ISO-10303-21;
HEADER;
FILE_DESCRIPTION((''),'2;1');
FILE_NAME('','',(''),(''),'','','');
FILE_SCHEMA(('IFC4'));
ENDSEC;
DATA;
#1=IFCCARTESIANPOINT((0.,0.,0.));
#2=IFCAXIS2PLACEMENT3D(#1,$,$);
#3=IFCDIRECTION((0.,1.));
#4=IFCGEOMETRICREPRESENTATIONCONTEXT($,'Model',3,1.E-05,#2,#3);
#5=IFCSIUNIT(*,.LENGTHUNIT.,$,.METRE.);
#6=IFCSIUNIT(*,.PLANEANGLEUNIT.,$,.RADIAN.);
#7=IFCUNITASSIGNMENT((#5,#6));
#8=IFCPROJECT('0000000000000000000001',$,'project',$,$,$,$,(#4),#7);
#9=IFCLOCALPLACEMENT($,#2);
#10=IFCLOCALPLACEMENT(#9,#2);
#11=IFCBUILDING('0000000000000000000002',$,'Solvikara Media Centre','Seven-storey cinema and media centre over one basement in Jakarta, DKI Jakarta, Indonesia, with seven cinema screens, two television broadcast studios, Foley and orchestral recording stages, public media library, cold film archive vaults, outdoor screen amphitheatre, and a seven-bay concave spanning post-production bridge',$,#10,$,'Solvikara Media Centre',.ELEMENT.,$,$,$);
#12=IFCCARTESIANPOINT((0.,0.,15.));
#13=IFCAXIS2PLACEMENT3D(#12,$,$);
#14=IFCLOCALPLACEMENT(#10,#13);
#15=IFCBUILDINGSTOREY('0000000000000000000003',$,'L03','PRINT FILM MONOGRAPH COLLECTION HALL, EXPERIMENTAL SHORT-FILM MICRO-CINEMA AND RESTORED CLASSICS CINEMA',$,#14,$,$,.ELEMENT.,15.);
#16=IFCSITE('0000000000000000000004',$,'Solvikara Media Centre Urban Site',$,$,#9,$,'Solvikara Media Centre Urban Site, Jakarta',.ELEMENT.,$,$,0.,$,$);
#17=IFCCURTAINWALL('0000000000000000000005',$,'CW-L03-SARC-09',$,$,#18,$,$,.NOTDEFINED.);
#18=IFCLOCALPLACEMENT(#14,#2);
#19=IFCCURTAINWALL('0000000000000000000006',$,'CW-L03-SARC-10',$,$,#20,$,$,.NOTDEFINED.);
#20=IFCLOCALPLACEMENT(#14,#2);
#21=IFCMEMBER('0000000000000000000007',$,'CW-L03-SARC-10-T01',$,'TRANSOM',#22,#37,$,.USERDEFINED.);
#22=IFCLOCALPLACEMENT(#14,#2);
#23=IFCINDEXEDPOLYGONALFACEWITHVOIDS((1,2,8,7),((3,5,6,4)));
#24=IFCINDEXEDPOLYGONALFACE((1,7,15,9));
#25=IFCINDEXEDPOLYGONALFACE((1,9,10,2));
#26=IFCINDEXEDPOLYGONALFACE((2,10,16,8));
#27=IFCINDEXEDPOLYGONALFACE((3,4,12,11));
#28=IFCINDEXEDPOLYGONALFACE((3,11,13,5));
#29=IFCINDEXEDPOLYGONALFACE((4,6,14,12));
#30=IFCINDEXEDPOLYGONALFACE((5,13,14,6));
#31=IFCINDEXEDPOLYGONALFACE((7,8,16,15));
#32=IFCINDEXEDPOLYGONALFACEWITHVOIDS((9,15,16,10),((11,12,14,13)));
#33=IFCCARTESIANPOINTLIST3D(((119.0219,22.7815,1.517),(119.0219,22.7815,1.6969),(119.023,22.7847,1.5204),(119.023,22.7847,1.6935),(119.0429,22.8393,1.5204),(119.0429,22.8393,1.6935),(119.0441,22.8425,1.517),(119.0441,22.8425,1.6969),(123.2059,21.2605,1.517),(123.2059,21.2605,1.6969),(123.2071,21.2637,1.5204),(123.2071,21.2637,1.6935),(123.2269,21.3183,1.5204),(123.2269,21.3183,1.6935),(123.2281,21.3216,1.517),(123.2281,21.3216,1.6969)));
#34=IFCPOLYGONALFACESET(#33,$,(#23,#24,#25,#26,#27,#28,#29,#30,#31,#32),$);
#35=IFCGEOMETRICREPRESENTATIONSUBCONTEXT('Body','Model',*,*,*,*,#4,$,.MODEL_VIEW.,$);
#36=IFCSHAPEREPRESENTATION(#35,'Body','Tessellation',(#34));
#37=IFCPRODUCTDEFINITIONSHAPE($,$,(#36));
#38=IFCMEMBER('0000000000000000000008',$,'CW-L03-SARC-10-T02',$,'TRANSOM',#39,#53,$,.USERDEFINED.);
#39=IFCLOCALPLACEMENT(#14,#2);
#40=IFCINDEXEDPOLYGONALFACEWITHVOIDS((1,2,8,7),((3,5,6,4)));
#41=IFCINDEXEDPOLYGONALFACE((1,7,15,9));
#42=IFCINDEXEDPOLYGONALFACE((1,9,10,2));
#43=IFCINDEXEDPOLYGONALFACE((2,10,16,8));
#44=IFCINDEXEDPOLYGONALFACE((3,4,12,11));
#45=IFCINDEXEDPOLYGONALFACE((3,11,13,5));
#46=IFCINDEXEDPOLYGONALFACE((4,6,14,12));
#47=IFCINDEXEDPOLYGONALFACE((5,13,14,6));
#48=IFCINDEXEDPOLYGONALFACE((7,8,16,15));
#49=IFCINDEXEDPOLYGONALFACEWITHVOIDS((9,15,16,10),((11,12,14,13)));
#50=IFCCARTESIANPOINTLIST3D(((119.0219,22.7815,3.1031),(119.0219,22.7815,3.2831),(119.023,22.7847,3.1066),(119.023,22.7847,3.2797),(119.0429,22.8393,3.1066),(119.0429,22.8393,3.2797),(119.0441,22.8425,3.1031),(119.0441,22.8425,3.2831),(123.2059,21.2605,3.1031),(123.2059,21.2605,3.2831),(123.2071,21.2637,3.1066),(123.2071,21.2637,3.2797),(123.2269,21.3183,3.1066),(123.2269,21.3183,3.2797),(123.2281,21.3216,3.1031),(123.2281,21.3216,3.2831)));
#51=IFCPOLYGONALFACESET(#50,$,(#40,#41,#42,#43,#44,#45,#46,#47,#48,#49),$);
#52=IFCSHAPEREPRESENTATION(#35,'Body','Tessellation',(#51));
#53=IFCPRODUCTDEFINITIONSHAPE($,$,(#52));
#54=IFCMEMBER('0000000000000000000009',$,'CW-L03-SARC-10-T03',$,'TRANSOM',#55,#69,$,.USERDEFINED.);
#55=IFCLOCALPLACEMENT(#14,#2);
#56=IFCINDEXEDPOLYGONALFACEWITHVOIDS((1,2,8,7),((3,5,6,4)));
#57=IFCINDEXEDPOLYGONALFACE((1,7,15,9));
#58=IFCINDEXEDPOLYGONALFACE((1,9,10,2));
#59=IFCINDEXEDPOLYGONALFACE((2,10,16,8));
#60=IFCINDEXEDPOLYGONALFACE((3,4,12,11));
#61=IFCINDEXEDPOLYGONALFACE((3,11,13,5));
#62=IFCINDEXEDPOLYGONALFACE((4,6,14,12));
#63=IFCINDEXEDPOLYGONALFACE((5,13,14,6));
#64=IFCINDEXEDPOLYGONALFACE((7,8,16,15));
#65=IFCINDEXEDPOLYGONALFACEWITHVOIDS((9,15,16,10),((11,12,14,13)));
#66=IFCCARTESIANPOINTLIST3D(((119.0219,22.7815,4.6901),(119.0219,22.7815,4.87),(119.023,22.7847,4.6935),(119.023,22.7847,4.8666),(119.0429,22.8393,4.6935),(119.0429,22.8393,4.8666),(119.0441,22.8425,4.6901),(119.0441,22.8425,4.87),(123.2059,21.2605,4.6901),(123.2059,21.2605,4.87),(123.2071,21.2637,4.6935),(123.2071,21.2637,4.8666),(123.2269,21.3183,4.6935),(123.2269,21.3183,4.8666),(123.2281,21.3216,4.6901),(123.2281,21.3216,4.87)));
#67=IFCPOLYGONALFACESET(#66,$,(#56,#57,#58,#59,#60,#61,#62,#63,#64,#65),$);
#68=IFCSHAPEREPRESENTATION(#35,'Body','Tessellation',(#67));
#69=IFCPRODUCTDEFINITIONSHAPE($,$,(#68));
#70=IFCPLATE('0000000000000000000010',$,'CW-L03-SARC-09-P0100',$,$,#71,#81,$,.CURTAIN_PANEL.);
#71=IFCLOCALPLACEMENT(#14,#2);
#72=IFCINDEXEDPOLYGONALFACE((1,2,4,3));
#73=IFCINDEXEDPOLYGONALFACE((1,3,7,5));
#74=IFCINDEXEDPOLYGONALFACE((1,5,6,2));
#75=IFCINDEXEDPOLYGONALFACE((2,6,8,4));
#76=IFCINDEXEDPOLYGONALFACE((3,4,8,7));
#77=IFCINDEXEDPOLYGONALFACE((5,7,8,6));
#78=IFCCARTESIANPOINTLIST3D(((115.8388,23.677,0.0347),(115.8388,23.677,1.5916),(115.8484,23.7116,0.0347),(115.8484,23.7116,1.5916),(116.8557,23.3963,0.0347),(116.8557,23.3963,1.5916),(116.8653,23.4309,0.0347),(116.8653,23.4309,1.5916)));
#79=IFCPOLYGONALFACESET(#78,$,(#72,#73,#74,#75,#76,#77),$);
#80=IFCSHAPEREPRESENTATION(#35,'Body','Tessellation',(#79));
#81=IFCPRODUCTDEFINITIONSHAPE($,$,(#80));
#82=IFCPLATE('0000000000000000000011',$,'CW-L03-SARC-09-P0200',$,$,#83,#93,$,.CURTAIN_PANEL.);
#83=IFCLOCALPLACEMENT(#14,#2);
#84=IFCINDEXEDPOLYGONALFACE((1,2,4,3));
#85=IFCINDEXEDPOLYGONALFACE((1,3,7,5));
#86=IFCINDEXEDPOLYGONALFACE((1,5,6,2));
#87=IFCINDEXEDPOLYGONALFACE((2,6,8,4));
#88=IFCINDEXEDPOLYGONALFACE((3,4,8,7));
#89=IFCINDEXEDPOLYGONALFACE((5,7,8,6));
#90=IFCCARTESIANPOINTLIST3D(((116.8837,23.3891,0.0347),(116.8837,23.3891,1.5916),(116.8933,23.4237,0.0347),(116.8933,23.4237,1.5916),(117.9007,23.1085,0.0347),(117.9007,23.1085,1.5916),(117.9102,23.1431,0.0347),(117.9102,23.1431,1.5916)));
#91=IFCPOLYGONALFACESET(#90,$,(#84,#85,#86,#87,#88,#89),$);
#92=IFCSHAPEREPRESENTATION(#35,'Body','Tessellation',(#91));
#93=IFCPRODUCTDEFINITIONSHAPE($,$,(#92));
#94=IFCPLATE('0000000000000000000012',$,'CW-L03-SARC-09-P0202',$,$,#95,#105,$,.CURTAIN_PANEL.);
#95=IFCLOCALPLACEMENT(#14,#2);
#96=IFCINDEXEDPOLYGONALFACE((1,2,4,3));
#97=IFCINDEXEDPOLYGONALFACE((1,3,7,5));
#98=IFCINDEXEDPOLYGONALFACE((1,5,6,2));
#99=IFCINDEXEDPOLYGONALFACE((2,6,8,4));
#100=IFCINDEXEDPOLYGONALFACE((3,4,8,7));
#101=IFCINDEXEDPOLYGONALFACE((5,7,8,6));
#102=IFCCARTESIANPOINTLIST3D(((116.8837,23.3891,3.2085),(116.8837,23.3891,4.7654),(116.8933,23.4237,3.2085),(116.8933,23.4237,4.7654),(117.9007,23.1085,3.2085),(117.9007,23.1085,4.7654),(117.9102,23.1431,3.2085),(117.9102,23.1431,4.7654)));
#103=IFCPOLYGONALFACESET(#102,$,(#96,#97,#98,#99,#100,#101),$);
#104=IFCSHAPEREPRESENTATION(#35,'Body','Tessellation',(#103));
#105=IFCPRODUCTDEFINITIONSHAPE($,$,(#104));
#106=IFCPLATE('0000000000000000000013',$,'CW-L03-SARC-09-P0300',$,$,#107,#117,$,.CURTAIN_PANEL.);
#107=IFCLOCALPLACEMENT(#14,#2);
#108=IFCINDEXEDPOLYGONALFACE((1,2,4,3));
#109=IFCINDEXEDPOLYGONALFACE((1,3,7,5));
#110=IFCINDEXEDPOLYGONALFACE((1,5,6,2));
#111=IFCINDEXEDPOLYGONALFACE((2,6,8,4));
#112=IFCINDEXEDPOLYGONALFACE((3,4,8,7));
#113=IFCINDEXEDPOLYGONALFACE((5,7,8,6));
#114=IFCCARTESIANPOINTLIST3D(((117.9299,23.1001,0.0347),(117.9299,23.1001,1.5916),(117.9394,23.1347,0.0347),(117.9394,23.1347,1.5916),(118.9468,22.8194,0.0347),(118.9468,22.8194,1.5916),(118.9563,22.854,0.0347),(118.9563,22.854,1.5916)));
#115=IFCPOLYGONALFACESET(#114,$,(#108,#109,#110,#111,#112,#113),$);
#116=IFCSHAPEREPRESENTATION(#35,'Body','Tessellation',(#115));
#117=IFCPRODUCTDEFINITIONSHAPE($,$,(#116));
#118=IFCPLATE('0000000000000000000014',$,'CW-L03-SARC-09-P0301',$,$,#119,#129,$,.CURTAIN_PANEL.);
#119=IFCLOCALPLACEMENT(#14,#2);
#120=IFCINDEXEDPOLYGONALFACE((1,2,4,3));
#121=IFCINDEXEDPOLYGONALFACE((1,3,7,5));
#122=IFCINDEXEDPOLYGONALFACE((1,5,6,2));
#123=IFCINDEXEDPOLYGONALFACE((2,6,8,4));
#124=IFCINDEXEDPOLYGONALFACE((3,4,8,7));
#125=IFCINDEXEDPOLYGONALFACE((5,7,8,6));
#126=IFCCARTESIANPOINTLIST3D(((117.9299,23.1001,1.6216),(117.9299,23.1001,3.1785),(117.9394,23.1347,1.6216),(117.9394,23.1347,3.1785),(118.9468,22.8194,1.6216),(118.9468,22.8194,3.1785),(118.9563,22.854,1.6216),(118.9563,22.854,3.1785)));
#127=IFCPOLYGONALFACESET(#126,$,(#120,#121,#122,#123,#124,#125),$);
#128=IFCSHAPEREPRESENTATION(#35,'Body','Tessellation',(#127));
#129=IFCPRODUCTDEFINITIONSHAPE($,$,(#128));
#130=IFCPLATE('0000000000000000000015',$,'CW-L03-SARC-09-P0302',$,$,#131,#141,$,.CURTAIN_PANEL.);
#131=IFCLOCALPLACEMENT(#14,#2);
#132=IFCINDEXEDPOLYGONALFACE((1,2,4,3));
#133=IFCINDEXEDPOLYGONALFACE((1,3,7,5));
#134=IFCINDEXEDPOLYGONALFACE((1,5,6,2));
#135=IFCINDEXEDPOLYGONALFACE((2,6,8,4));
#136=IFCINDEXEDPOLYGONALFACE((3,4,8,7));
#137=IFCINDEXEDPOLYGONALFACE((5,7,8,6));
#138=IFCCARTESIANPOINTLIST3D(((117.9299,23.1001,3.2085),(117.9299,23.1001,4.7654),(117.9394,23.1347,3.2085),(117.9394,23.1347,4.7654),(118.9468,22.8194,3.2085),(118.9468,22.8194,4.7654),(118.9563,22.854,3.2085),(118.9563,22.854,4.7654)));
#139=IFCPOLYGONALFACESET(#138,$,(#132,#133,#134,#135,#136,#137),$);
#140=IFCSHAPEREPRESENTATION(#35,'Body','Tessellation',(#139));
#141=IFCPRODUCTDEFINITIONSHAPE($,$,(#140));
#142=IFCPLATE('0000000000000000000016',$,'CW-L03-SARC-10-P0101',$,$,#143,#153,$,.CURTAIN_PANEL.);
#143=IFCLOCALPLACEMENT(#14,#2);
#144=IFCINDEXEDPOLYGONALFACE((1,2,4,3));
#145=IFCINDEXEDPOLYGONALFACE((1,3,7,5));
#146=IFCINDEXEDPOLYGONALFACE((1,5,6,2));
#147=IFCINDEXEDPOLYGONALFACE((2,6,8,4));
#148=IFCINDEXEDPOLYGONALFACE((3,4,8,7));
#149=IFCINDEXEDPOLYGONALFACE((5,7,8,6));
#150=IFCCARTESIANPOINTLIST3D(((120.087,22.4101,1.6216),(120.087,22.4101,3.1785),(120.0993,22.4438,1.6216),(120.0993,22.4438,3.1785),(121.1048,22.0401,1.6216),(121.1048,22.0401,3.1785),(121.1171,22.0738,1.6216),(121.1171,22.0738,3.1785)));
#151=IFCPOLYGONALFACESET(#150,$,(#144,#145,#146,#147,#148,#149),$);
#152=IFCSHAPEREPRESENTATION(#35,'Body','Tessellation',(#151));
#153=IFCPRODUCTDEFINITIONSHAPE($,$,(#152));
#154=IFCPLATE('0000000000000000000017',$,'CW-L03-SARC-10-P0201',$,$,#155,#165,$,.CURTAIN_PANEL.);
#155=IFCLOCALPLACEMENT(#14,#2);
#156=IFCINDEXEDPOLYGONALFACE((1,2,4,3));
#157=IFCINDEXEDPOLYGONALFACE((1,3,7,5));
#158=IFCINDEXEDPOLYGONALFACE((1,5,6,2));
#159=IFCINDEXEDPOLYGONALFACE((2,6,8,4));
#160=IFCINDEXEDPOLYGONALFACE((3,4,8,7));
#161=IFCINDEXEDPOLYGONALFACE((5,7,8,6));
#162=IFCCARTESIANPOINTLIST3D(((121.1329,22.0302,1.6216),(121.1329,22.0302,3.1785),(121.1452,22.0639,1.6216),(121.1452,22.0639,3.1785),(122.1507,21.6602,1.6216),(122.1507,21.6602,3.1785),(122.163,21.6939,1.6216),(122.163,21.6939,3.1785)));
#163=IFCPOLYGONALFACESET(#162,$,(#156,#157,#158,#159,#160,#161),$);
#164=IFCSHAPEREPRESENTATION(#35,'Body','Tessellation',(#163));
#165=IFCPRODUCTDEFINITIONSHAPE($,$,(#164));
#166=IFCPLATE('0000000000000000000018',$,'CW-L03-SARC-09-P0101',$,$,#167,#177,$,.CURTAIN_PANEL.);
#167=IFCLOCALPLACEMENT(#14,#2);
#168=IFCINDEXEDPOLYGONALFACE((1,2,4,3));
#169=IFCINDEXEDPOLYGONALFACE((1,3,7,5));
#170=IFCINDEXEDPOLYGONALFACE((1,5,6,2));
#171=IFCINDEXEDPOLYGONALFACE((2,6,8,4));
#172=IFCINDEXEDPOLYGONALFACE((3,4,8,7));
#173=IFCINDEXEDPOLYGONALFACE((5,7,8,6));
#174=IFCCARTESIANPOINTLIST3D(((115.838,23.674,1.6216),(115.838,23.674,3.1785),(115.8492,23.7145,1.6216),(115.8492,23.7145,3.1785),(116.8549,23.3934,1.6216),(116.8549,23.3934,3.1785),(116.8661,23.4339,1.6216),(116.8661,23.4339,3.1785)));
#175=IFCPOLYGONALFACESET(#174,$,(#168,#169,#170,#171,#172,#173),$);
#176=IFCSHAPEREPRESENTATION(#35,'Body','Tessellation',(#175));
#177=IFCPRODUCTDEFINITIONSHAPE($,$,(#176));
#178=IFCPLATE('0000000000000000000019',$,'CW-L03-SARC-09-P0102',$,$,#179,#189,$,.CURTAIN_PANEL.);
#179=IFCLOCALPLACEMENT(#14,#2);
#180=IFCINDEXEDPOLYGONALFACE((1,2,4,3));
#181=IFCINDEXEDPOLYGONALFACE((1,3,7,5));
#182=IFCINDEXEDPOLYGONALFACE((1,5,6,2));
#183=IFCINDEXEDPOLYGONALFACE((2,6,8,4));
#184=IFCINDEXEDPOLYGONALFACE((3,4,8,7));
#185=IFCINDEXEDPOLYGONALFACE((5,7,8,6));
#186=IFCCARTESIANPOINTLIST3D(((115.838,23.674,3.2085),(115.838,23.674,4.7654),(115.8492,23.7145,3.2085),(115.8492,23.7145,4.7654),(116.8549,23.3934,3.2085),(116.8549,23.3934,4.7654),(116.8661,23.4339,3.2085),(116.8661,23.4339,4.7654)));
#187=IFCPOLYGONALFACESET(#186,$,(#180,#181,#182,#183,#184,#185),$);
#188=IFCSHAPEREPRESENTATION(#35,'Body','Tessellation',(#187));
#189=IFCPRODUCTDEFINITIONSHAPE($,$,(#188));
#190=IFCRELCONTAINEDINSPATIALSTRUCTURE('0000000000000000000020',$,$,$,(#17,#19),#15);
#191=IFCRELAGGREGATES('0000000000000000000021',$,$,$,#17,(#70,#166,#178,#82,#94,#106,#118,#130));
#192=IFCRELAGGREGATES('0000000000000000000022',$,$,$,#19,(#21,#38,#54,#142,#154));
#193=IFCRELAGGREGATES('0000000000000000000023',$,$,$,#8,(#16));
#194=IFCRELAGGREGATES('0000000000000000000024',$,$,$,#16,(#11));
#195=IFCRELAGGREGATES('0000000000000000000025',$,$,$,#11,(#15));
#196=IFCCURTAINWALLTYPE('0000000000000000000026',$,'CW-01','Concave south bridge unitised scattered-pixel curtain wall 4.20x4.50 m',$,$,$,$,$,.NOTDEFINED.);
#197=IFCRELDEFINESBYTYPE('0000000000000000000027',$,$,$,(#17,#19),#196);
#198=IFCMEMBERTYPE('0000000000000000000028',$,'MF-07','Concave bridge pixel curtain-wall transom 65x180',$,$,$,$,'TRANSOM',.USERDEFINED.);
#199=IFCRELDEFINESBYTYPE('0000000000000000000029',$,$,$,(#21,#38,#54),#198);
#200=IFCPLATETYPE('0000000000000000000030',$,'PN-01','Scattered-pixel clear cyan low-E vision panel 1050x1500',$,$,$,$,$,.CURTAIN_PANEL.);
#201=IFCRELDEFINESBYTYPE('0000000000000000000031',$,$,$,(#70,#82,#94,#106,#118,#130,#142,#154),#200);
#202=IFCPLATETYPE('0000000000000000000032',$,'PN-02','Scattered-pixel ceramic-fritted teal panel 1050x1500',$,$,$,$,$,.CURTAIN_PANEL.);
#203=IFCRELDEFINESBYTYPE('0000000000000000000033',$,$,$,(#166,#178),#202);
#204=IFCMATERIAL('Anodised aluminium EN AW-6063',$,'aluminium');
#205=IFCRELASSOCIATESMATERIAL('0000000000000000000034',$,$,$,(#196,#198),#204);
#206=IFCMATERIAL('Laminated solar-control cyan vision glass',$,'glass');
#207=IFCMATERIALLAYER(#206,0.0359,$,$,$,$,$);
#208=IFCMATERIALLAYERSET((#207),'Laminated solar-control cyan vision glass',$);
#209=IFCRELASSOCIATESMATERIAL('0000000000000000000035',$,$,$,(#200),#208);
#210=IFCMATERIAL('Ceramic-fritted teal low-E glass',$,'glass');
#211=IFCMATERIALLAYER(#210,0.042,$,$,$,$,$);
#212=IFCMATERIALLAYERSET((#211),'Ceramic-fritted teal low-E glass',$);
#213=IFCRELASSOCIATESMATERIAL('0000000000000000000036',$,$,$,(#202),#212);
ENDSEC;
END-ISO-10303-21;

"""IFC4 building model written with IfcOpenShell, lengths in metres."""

from ifc_helpers import new_model, si_unit, direction, frame, origin, origin_2d, place, context, subcontext, project, spatial, rectangle, hollow_rectangle, extrude, material, layer, layer_set, material_profile, profile_set, type_object, element, aggregate, save


model = new_model("IFC4")

# Units and contexts
model_context = context("Model", 3, precision=1e-05, world=origin(), true_north=direction((0.0, 1.0)))
body_context = subcontext(model_context, "Body", "Model", "MODEL_VIEW")
ifc_project = project(units=[si_unit("LENGTHUNIT", "METRE"), si_unit("PLANEANGLEUNIT", "RADIAN")], contexts=[model_context])

# Site, building, storey
site_placement = place(None, origin())
site = spatial("IfcSite", under=ifc_project, at=site_placement, Name="Solvikara Media Centre Urban Site", LongName="Solvikara Media Centre Urban Site, Jakarta", CompositionType="ELEMENT", RefElevation=0.0)
building_placement = place(site_placement, origin())
building = spatial("IfcBuilding", under=site, at=building_placement, Name="Solvikara Media Centre", Description="Seven-storey cinema and media centre over one basement in Jakarta, DKI Jakarta, Indonesia, with seven cinema screens, two television broadcast studios, Foley and orchestral recording stages, public media library, cold film archive vaults, outdoor screen amphitheatre, and a seven-bay concave spanning post-production bridge", LongName="Solvikara Media Centre", CompositionType="ELEMENT")
storey_placement = place(building_placement, frame((0.0, 0.0, 15.0)))
storey = spatial("IfcBuildingStorey", under=building, at=storey_placement, Name="L03", Description="PRINT FILM MONOGRAPH COLLECTION HALL, EXPERIMENTAL SHORT-FILM MICRO-CINEMA AND RESTORED CLASSICS CINEMA", CompositionType="ELEMENT", Elevation=15.0)

# Curtain walls, members
ifc_material_1 = material(Name="Anodised aluminium EN AW-6063", Category="aluminium")
curtain_wall_type = type_object("IfcCurtainWallType", Name="CW-01", Description="Concave south bridge unitised scattered-pixel curtain wall 4.20x4.50 m", PredefinedType="NOTDEFINED", material=ifc_material_1)
curtain_wall_1_placement = place(storey_placement, origin())
curtain_wall_1 = element("IfcCurtainWall", 1, at=curtain_wall_1_placement, inside=storey, type_object=curtain_wall_type, Name="CW-L03-SARC-09", PredefinedType="NOTDEFINED")
curtain_wall_2_placement = place(storey_placement, origin())
curtain_wall_2 = element("IfcCurtainWall", 2, at=curtain_wall_2_placement, inside=storey, type_object=curtain_wall_type, Name="CW-L03-SARC-10", PredefinedType="NOTDEFINED")
ifc_material_profile_1 = material_profile(ifc_material_1, hollow_rectangle(XDim=0.0649, YDim=0.1799, WallThickness=0.0034, at=origin_2d()), Name="ALU-T 65x180x3.5")
ifc_profile_set_1 = profile_set([ifc_material_profile_1], Name="Anodised aluminium EN AW-6063")
member_type_1 = type_object("IfcMemberType", Name="MF-07", Description="Concave bridge pixel curtain-wall transom 65x180", ElementType="TRANSOM", PredefinedType="USERDEFINED", material=ifc_profile_set_1)
member_1_placement = place(storey_placement, frame((119.033, 22.812, 1.6069), z_axis=(0.939829, -0.341646, 0.0), x_axis=(0.341646, 0.939829, 0.0)))
member_1 = element("IfcMember", 3, at=member_1_placement, type_object=member_type_1, Name="CW-L03-SARC-10-T01", ObjectType="TRANSOM", PredefinedType="USERDEFINED", context=body_context, shape_type="SweptSolid", body=[
    extrude(hollow_rectangle(XDim=0.0649, YDim=0.1799, WallThickness=0.0034, at=origin_2d()), origin(), (0.0, 0.0, 1.0), 4.4519),
])
member_2_placement = place(storey_placement, frame((119.033, 22.812, 3.1931), z_axis=(0.939829, -0.341646, 0.0), x_axis=(0.341646, 0.939829, 0.0)))
member_2 = element("IfcMember", 4, at=member_2_placement, type_object=member_type_1, Name="CW-L03-SARC-10-T02", ObjectType="TRANSOM", PredefinedType="USERDEFINED", context=body_context, shape_type="SweptSolid", body=[
    extrude(hollow_rectangle(XDim=0.0649, YDim=0.1799, WallThickness=0.0034, at=origin_2d()), origin(), (0.0, 0.0, 1.0), 4.4519),
])
member_3_placement = place(storey_placement, frame((119.033, 22.812, 4.78), z_axis=(0.939829, -0.341646, 0.0), x_axis=(0.341646, 0.939829, 0.0)))
member_3 = element("IfcMember", 5, at=member_3_placement, type_object=member_type_1, Name="CW-L03-SARC-10-T03", ObjectType="TRANSOM", PredefinedType="USERDEFINED", context=body_context, shape_type="SweptSolid", body=[
    extrude(hollow_rectangle(XDim=0.0649, YDim=0.1799, WallThickness=0.0034, at=origin_2d()), origin(), (0.0, 0.0, 1.0), 4.4519),
])

# Plates
ifc_material_2 = material(Name="Laminated solar-control cyan vision glass", Category="glass")
ifc_layer_1 = layer(ifc_material_2, 0.0359)
ifc_layer_set_1 = layer_set([ifc_layer_1], Name="Laminated solar-control cyan vision glass")
plate_type_1 = type_object("IfcPlateType", Name="PN-01", Description="Scattered-pixel clear cyan low-E vision panel 1050x1500", PredefinedType="CURTAIN_PANEL", material=ifc_layer_set_1)
plate_1_placement = place(storey_placement, frame((116.3521, 23.554, 0.0347), z_axis=(0.0, 0.0, 1.0), x_axis=(0.96397, -0.26601, 0.0)))
plate_1 = element("IfcPlate", 6, at=plate_1_placement, type_object=plate_type_1, Name="CW-L03-SARC-09-P0100", PredefinedType="CURTAIN_PANEL", context=body_context, shape_type="SweptSolid", body=[
    extrude(rectangle(XDim=1.0549, YDim=0.0359, at=origin_2d()), origin(), (0.0, 0.0, 1.0), 1.5569),
])
plate_2_placement = place(storey_placement, frame((117.397, 23.2661, 0.0347), z_axis=(0.0, 0.0, 1.0), x_axis=(0.96397, -0.26601, 0.0)))
plate_2 = element("IfcPlate", 7, at=plate_2_placement, type_object=plate_type_1, Name="CW-L03-SARC-09-P0200", PredefinedType="CURTAIN_PANEL", context=body_context, shape_type="SweptSolid", body=[
    extrude(rectangle(XDim=1.0549, YDim=0.0359, at=origin_2d()), origin(), (0.0, 0.0, 1.0), 1.5569),
])
plate_3_placement = place(storey_placement, frame((117.397, 23.2661, 3.2085), z_axis=(0.0, 0.0, 1.0), x_axis=(0.96397, -0.26601, 0.0)))
plate_3 = element("IfcPlate", 8, at=plate_3_placement, type_object=plate_type_1, Name="CW-L03-SARC-09-P0202", PredefinedType="CURTAIN_PANEL", context=body_context, shape_type="SweptSolid", body=[
    extrude(rectangle(XDim=1.0549, YDim=0.0359, at=origin_2d()), origin(), (0.0, 0.0, 1.0), 1.5569),
])
plate_4_placement = place(storey_placement, frame((118.4431, 22.9771, 0.0347), z_axis=(0.0, 0.0, 1.0), x_axis=(0.96397, -0.26601, 0.0)))
plate_4 = element("IfcPlate", 9, at=plate_4_placement, type_object=plate_type_1, Name="CW-L03-SARC-09-P0300", PredefinedType="CURTAIN_PANEL", context=body_context, shape_type="SweptSolid", body=[
    extrude(rectangle(XDim=1.0549, YDim=0.0359, at=origin_2d()), origin(), (0.0, 0.0, 1.0), 1.5569),
])
plate_5_placement = place(storey_placement, frame((118.4431, 22.9771, 1.6216), z_axis=(0.0, 0.0, 1.0), x_axis=(0.96397, -0.26601, 0.0)))
plate_5 = element("IfcPlate", 10, at=plate_5_placement, type_object=plate_type_1, Name="CW-L03-SARC-09-P0301", PredefinedType="CURTAIN_PANEL", context=body_context, shape_type="SweptSolid", body=[
    extrude(rectangle(XDim=1.0549, YDim=0.0359, at=origin_2d()), origin(), (0.0, 0.0, 1.0), 1.5569),
])
plate_6_placement = place(storey_placement, frame((118.4431, 22.9771, 3.2085), z_axis=(0.0, 0.0, 1.0), x_axis=(0.96397, -0.26601, 0.0)))
plate_6 = element("IfcPlate", 11, at=plate_6_placement, type_object=plate_type_1, Name="CW-L03-SARC-09-P0302", PredefinedType="CURTAIN_PANEL", context=body_context, shape_type="SweptSolid", body=[
    extrude(rectangle(XDim=1.0549, YDim=0.0359, at=origin_2d()), origin(), (0.0, 0.0, 1.0), 1.5569),
])
plate_7_placement = place(storey_placement, frame((120.6021, 22.2419, 1.6216), z_axis=(0.0, 0.0, 1.0), x_axis=(0.939824, -0.341659, 0.0)))
plate_7 = element("IfcPlate", 12, at=plate_7_placement, type_object=plate_type_1, Name="CW-L03-SARC-10-P0101", PredefinedType="CURTAIN_PANEL", context=body_context, shape_type="SweptSolid", body=[
    extrude(rectangle(XDim=1.083, YDim=0.0359, at=origin_2d()), origin(), (0.0, 0.0, 1.0), 1.5569),
])
plate_8_placement = place(storey_placement, frame((121.6479, 21.8621, 1.6216), z_axis=(0.0, 0.0, 1.0), x_axis=(0.939824, -0.341659, 0.0)))
plate_8 = element("IfcPlate", 13, at=plate_8_placement, type_object=plate_type_1, Name="CW-L03-SARC-10-P0201", PredefinedType="CURTAIN_PANEL", context=body_context, shape_type="SweptSolid", body=[
    extrude(rectangle(XDim=1.083, YDim=0.0359, at=origin_2d()), origin(), (0.0, 0.0, 1.0), 1.5569),
])
ifc_material_3 = material(Name="Ceramic-fritted teal low-E glass", Category="glass")
ifc_layer_2 = layer(ifc_material_3, 0.042)
ifc_layer_set_2 = layer_set([ifc_layer_2], Name="Ceramic-fritted teal low-E glass")
plate_type_2 = type_object("IfcPlateType", Name="PN-02", Description="Scattered-pixel ceramic-fritted teal panel 1050x1500", PredefinedType="CURTAIN_PANEL", material=ifc_layer_set_2)
plate_9_placement = place(storey_placement, frame((116.3521, 23.554, 1.6216), z_axis=(0.0, 0.0, 1.0), x_axis=(0.96397, -0.26601, 0.0)))
plate_9 = element("IfcPlate", 14, at=plate_9_placement, type_object=plate_type_2, Name="CW-L03-SARC-09-P0101", PredefinedType="CURTAIN_PANEL", context=body_context, shape_type="SweptSolid", body=[
    extrude(rectangle(XDim=1.0549, YDim=0.042, at=origin_2d()), origin(), (0.0, 0.0, 1.0), 1.5569),
])
plate_10_placement = place(storey_placement, frame((116.3521, 23.554, 3.2085), z_axis=(0.0, 0.0, 1.0), x_axis=(0.96397, -0.26601, 0.0)))
plate_10 = element("IfcPlate", 15, at=plate_10_placement, type_object=plate_type_2, Name="CW-L03-SARC-09-P0102", PredefinedType="CURTAIN_PANEL", context=body_context, shape_type="SweptSolid", body=[
    extrude(rectangle(XDim=1.0549, YDim=0.042, at=origin_2d()), origin(), (0.0, 0.0, 1.0), 1.5569),
])
aggregate(curtain_wall_1, [plate_1, plate_9, plate_10, plate_2, plate_3, plate_4, plate_5, plate_6])
aggregate(curtain_wall_2, [member_1, member_2, member_3, plate_7, plate_8])

save(model, "model.ifc")
